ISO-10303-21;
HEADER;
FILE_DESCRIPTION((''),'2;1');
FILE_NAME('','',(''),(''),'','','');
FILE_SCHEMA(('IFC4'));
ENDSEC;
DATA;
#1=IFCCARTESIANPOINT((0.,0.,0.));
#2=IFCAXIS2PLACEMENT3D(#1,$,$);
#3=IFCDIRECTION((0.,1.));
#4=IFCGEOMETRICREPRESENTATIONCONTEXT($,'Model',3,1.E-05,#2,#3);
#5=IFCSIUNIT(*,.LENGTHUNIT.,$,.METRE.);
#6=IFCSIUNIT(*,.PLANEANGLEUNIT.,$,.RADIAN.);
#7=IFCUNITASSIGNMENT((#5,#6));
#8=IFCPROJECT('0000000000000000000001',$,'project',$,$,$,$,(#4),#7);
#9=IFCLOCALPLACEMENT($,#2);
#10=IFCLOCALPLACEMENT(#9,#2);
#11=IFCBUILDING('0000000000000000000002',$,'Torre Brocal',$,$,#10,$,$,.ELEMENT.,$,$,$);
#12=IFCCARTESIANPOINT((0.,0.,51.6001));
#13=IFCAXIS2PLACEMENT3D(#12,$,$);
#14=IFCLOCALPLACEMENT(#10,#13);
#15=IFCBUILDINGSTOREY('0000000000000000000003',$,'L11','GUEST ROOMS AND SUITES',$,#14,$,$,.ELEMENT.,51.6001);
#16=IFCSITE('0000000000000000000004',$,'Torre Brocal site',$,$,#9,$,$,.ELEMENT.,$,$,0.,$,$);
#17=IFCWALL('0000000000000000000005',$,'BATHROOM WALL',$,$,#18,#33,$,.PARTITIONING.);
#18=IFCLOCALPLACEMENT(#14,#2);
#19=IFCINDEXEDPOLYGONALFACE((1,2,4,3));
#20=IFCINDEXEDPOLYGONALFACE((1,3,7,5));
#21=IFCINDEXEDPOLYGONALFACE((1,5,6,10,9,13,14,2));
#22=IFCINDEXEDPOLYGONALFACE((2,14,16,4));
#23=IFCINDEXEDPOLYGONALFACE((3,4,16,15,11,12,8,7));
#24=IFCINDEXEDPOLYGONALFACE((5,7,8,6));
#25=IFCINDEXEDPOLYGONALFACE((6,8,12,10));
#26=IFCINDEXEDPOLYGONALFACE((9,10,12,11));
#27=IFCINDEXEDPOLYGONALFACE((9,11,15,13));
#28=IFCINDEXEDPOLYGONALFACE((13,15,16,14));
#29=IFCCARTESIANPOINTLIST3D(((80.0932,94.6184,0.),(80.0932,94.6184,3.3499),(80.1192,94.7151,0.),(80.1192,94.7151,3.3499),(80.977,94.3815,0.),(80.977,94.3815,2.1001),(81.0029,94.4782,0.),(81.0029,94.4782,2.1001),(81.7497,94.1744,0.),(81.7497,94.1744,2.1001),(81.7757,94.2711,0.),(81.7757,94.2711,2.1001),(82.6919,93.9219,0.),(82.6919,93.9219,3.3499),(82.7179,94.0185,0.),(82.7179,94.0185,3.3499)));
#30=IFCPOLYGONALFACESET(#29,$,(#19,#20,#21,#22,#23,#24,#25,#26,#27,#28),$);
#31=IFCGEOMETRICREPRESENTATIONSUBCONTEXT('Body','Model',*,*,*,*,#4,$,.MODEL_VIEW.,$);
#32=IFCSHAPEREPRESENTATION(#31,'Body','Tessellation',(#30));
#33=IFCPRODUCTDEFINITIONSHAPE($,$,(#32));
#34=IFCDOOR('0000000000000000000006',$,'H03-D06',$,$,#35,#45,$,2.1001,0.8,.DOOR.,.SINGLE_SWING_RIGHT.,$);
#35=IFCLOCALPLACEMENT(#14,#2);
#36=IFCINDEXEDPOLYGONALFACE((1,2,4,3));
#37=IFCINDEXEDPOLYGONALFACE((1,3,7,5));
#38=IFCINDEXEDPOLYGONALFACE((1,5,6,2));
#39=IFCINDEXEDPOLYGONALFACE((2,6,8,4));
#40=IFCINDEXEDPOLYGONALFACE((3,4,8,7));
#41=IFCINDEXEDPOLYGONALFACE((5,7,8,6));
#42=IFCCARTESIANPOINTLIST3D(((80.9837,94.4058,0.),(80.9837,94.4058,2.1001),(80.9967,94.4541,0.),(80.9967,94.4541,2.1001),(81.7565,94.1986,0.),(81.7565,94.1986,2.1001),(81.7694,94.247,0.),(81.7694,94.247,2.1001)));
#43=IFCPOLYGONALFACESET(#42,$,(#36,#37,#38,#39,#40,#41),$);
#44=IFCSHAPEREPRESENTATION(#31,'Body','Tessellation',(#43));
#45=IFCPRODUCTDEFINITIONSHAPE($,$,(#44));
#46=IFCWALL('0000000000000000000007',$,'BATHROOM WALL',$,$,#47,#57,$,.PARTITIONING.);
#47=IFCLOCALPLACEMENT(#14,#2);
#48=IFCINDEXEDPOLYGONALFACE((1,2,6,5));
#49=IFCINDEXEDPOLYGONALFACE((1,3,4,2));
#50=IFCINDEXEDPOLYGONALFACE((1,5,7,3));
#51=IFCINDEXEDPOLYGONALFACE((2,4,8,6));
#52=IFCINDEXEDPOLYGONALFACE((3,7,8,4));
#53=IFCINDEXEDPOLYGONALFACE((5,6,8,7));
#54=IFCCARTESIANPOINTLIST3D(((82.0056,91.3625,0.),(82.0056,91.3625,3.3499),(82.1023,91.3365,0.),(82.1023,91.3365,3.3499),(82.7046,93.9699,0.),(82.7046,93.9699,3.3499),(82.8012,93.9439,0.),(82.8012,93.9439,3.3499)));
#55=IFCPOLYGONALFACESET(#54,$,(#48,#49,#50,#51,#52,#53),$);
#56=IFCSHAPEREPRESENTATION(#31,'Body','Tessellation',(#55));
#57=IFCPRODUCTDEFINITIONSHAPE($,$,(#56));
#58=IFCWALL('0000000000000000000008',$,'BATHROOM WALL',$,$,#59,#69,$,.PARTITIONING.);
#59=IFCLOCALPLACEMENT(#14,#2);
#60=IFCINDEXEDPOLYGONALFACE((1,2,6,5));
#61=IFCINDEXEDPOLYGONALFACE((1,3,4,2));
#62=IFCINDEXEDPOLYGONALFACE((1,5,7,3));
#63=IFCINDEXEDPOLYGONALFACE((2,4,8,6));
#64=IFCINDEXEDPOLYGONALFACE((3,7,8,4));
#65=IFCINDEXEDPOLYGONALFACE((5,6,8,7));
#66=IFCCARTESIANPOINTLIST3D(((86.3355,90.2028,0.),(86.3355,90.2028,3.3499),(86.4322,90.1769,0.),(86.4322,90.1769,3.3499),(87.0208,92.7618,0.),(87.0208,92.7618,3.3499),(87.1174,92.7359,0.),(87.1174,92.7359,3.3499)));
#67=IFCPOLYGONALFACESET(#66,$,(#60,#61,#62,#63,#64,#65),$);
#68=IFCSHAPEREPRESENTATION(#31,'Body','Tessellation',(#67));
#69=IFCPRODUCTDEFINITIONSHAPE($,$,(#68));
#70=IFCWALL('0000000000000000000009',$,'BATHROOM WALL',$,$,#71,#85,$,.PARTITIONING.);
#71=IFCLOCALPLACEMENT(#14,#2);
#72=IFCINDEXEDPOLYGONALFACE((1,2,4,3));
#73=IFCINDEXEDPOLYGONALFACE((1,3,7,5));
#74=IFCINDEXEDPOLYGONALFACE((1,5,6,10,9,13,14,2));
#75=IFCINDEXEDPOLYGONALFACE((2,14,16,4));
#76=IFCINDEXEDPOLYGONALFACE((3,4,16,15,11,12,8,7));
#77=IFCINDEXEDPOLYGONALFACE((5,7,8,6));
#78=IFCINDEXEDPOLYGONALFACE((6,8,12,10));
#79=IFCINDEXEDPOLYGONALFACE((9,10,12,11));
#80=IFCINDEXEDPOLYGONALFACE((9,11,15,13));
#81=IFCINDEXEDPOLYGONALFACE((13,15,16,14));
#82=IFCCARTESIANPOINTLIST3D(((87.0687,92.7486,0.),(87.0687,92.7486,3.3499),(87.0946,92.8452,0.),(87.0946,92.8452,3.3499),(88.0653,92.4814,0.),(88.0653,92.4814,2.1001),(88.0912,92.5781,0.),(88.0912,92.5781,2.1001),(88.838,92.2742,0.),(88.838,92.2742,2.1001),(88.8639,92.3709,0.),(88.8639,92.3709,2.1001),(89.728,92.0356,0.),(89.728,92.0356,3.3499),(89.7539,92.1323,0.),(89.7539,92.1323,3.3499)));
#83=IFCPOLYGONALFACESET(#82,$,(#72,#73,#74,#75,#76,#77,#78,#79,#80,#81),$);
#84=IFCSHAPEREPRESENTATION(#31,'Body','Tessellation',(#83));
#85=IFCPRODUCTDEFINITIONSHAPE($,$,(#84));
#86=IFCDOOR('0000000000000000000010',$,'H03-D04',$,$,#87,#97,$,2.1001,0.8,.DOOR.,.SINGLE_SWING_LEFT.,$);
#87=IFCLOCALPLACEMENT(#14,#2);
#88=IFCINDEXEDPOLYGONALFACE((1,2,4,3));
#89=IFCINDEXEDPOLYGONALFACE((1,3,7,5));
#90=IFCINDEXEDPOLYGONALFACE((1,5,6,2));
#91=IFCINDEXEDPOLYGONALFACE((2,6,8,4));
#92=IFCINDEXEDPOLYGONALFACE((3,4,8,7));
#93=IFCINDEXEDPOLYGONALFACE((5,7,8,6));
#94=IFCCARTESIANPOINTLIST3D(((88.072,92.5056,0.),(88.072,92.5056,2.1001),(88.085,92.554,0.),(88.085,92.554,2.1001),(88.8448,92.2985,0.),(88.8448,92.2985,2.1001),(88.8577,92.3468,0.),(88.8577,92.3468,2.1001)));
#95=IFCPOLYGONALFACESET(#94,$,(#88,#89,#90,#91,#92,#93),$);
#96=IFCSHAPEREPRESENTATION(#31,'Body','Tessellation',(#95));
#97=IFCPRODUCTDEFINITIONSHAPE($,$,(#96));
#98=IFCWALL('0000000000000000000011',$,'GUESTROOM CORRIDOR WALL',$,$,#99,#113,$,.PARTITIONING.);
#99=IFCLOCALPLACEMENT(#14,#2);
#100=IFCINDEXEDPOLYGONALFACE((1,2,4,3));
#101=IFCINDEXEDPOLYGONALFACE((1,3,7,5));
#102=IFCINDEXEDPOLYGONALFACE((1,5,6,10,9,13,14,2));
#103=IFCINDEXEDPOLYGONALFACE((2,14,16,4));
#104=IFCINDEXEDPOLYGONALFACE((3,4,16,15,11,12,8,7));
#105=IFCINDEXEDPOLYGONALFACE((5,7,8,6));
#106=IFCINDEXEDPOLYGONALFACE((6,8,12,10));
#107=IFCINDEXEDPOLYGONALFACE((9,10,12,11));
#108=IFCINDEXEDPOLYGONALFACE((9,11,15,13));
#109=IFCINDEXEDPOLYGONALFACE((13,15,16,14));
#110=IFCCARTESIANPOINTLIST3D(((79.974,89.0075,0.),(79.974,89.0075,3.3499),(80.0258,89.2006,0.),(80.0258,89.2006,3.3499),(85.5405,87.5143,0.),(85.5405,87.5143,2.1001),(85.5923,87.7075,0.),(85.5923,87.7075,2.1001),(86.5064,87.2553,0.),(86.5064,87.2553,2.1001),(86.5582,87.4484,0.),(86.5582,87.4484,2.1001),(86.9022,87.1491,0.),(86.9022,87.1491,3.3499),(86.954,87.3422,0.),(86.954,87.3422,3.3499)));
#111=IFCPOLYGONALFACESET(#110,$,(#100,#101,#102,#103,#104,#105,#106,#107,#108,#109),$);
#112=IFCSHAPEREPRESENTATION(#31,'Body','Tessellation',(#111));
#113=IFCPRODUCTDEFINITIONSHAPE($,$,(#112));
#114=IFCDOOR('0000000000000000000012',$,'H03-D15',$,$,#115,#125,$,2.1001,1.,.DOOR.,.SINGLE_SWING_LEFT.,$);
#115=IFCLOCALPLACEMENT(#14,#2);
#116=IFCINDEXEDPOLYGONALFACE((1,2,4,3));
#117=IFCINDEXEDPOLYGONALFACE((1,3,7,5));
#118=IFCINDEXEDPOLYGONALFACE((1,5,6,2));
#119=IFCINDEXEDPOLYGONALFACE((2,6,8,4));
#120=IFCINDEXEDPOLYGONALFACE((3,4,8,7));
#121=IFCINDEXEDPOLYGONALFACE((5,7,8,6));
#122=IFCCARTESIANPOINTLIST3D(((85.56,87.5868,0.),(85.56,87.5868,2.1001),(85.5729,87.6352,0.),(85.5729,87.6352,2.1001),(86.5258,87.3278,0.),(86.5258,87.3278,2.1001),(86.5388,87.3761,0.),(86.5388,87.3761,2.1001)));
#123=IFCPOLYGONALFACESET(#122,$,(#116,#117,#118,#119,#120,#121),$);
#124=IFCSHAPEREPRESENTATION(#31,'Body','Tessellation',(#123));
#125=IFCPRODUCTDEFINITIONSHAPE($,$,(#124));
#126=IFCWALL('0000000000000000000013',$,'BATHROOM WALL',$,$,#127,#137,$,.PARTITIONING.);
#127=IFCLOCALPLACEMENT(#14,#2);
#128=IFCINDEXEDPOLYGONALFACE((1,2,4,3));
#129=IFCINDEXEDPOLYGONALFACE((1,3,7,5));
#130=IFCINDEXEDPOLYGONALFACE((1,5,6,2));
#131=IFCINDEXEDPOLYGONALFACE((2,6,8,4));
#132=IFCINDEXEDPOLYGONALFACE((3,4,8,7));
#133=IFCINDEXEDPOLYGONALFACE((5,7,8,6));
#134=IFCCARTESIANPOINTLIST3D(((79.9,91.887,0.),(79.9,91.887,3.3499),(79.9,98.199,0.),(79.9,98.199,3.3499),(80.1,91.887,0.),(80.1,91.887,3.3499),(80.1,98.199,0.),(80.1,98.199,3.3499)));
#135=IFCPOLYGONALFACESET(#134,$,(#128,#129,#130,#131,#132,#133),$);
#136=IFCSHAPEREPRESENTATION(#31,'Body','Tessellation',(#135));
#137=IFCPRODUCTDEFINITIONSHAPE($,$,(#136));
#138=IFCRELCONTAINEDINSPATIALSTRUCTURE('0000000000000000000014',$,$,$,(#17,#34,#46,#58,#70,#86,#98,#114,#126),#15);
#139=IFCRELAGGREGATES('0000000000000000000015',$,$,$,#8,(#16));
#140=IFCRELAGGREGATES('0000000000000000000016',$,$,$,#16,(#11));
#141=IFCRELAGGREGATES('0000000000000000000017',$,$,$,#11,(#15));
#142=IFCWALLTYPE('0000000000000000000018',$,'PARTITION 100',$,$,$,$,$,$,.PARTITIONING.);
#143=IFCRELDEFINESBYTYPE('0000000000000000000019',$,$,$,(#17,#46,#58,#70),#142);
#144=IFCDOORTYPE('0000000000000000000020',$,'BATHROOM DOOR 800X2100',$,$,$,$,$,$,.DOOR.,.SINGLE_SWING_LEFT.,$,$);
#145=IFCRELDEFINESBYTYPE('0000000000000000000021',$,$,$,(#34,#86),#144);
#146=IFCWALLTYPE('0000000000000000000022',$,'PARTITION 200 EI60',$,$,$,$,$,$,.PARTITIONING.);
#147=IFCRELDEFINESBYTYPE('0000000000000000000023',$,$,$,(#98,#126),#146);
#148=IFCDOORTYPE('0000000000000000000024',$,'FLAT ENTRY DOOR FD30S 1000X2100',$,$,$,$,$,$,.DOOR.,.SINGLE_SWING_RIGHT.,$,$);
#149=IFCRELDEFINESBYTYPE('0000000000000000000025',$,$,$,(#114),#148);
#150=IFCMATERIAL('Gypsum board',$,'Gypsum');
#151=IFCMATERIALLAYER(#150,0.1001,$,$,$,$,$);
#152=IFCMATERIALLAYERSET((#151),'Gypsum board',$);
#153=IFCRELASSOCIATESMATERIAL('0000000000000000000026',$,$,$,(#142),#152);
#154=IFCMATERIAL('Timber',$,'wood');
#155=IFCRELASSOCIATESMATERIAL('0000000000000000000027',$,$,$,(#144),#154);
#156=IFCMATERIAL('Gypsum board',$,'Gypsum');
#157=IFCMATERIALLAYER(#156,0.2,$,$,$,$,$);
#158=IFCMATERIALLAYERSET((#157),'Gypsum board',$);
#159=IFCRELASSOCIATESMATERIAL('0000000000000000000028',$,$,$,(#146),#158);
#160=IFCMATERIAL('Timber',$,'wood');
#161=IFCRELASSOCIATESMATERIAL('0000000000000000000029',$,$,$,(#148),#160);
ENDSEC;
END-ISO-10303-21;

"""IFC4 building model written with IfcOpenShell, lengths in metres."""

from ifc_helpers import new_model, si_unit, direction, frame, frame_2d, origin, place, context, subcontext, project, spatial, rectangle, extrude, material, layer, layer_set, type_object, element, fill, save


model = new_model("IFC4")

# Units and contexts
model_context = context("Model", 3, precision=1e-05, world=origin(), true_north=direction((0.0, 1.0)))
body_context = subcontext(model_context, "Body", "Model", "MODEL_VIEW")
ifc_project = project(units=[si_unit("LENGTHUNIT", "METRE"), si_unit("PLANEANGLEUNIT", "RADIAN")], contexts=[model_context])

# Site, building, storey
site_placement = place(None, origin())
site = spatial("IfcSite", under=ifc_project, at=site_placement, Name="Torre Brocal site", CompositionType="ELEMENT", RefElevation=0.0)
building_placement = place(site_placement, origin())
building = spatial("IfcBuilding", under=site, at=building_placement, Name="Torre Brocal", CompositionType="ELEMENT")
storey_placement = place(building_placement, frame((0.0, 0.0, 51.6001)))
storey = spatial("IfcBuildingStorey", under=building, at=storey_placement, Name="L11", Description="GUEST ROOMS AND SUITES", CompositionType="ELEMENT", Elevation=51.6001)

# Wall, opening, door
ifc_material_1 = material(Name="Gypsum board", Category="Gypsum")
ifc_layer_1 = layer(ifc_material_1, 0.1001)
ifc_layer_set_1 = layer_set([ifc_layer_1], Name="Gypsum board")
wall_type_1 = type_object("IfcWallType", Name="PARTITION 100", PredefinedType="PARTITIONING", material=ifc_layer_set_1)
wall_1_placement = place(storey_placement, frame((80.1062, 94.6667, 0.0), z_axis=(0.0, 0.0, 1.0), x_axis=(0.965904, -0.258899, 0.0)))
wall_1 = element("IfcWall", 1, at=wall_1_placement, inside=storey, type_object=wall_type_1, Name="BATHROOM WALL", PredefinedType="PARTITIONING", context=body_context, shape_type="SweptSolid", body=[
    extrude(rectangle(XDim=2.6904, YDim=0.1001, at=frame_2d((1.3452, 0.0))), origin(), (0.0, 0.0, 1.0), 3.3499),
])
opening_1_placement = place(wall_1_placement, frame((0.915, 0.0, 0.0)))
opening_1 = element("IfcOpeningElement", 2, at=opening_1_placement, cuts=wall_1, PredefinedType="OPENING", context=body_context, shape_type="SweptSolid", body=[
    extrude(rectangle(XDim=0.8, YDim=2.1001, at=frame_2d((0.3999, 1.05))), frame((0.0, 0.0601, 0.0), z_axis=(0.0, -1.0, 0.0), x_axis=(1.0, 0.0, 0.0)), (0.0, 0.0, 1.0), 0.1201),
])
ifc_material_2 = material(Name="Timber", Category="wood")
door_type_1 = type_object("IfcDoorType", Name="BATHROOM DOOR 800X2100", OperationType="SINGLE_SWING_LEFT", PredefinedType="DOOR", material=ifc_material_2)
door_1_placement = place(opening_1_placement, frame((0.8, 0.0, 0.0), z_axis=(0.0, 0.0, 1.0), x_axis=(-1.0, 0.0, 0.0)))
door_1 = element("IfcDoor", 3, at=door_1_placement, inside=storey, type_object=door_type_1, Name="H03-D06", OperationType="SINGLE_SWING_RIGHT", OverallHeight=2.1001, OverallWidth=0.8, PredefinedType="DOOR", context=body_context, shape_type="SweptSolid", body=[
    extrude(rectangle(XDim=0.8, YDim=2.1001, at=frame_2d((0.3999, 1.05))), frame((0.0, 0.0249, 0.0), z_axis=(0.0, -1.0, 0.0), x_axis=(1.0, 0.0, 0.0)), (0.0, 0.0, 1.0), 0.05),
])
fill(opening_1, door_1)

# Walls
wall_2_placement = place(storey_placement, frame((82.054, 91.3496, 0.0), z_axis=(0.0, 0.0, 1.0), x_axis=(0.258929, 0.965896, 0.0)))
element("IfcWall", 4, at=wall_2_placement, inside=storey, type_object=wall_type_1, Name="BATHROOM WALL", PredefinedType="PARTITIONING", context=body_context, shape_type="SweptSolid", body=[
    extrude(rectangle(XDim=2.6995, YDim=0.1001, at=frame_2d((1.3496, 0.0))), origin(), (0.0, 0.0, 1.0), 3.3499),
])
wall_3_placement = place(storey_placement, frame((86.3838, 90.1897, 0.0), z_axis=(0.0, 0.0, 1.0), x_axis=(0.258678, 0.965964, 0.0)))
element("IfcWall", 5, at=wall_3_placement, inside=storey, type_object=wall_type_1, Name="BATHROOM WALL", PredefinedType="PARTITIONING", context=body_context, shape_type="SweptSolid", body=[
    extrude(rectangle(XDim=2.6492, YDim=0.1001, at=frame_2d((1.3247, 0.0))), origin(), (0.0, 0.0, 1.0), 3.3499),
])

# Walls, openings, doors
wall_4_placement = place(storey_placement, frame((87.0818, 92.7969, 0.0), z_axis=(0.0, 0.0, 1.0), x_axis=(0.965893, -0.258943, 0.0)))
wall_4 = element("IfcWall", 6, at=wall_4_placement, inside=storey, type_object=wall_type_1, Name="BATHROOM WALL", PredefinedType="PARTITIONING", context=body_context, shape_type="SweptSolid", body=[
    extrude(rectangle(XDim=2.7532, YDim=0.1001, at=frame_2d((1.3765, 0.0))), origin(), (0.0, 0.0, 1.0), 3.3499),
])
opening_2_placement = place(wall_4_placement, frame((1.0317, 0.0, 0.0)))
opening_2 = element("IfcOpeningElement", 7, at=opening_2_placement, cuts=wall_4, PredefinedType="OPENING", context=body_context, shape_type="SweptSolid", body=[
    extrude(rectangle(XDim=0.8, YDim=2.1001, at=frame_2d((0.3999, 1.05))), frame((0.0, 0.0601, 0.0), z_axis=(0.0, -1.0, 0.0), x_axis=(1.0, 0.0, 0.0)), (0.0, 0.0, 1.0), 0.1201),
])
door_2_placement = place(opening_2_placement, frame((0.8, 0.0, 0.0), z_axis=(0.0, 0.0, 1.0), x_axis=(-1.0, 0.0, 0.0)))
door_2 = element("IfcDoor", 8, at=door_2_placement, inside=storey, type_object=door_type_1, Name="H03-D04", OperationType="SINGLE_SWING_LEFT", OverallHeight=2.1001, OverallWidth=0.8, PredefinedType="DOOR", context=body_context, shape_type="SweptSolid", body=[
    extrude(rectangle(XDim=0.8, YDim=2.1001, at=frame_2d((0.3999, 1.05))), frame((0.0, 0.0249, 0.0), z_axis=(0.0, -1.0, 0.0), x_axis=(1.0, 0.0, 0.0)), (0.0, 0.0, 1.0), 0.05),
])
fill(opening_2, door_2)
ifc_material_3 = material(Name="Gypsum board", Category="Gypsum")
ifc_layer_2 = layer(ifc_material_3, 0.2)
ifc_layer_set_2 = layer_set([ifc_layer_2], Name="Gypsum board")
wall_type_2 = type_object("IfcWallType", Name="PARTITION 200 EI60", PredefinedType="PARTITIONING", material=ifc_layer_set_2)
wall_5_placement = place(storey_placement, frame((80.0, 89.104, 0.0), z_axis=(0.0, 0.0, 1.0), x_axis=(0.965857, -0.259077, 0.0)))
wall_5 = element("IfcWall", 9, at=wall_5_placement, inside=storey, type_object=wall_type_2, Name="GUESTROOM CORRIDOR WALL", PredefinedType="PARTITIONING", context=body_context, shape_type="SweptSolid", body=[
    extrude(rectangle(XDim=7.1731, YDim=0.2, at=frame_2d((3.5864, 0.0))), origin(), (0.0, 0.0, 1.0), 3.3499),
])
opening_3_placement = place(wall_5_placement, frame((5.7632, 0.0, 0.0)))
opening_3 = element("IfcOpeningElement", 10, at=opening_3_placement, cuts=wall_5, PredefinedType="OPENING", context=body_context, shape_type="SweptSolid", body=[
    extrude(rectangle(XDim=1.0, YDim=2.1001, at=frame_2d((0.5, 1.05))), frame((0.0, 0.1099, 0.0), z_axis=(0.0, -1.0, 0.0), x_axis=(1.0, 0.0, 0.0)), (0.0, 0.0, 1.0), 0.22),
])
ifc_material_4 = material(Name="Timber", Category="wood")
door_type_2 = type_object("IfcDoorType", Name="FLAT ENTRY DOOR FD30S 1000X2100", OperationType="SINGLE_SWING_RIGHT", PredefinedType="DOOR", material=ifc_material_4)
door_3_placement = place(opening_3_placement, frame((1.0, 0.0, 0.0), z_axis=(0.0, 0.0, 1.0), x_axis=(-1.0, 0.0, 0.0)))
door_3 = element("IfcDoor", 11, at=door_3_placement, inside=storey, type_object=door_type_2, Name="H03-D15", OperationType="SINGLE_SWING_LEFT", OverallHeight=2.1001, OverallWidth=1.0, PredefinedType="DOOR", context=body_context, shape_type="SweptSolid", body=[
    extrude(rectangle(XDim=1.0, YDim=2.1001, at=frame_2d((0.5, 1.05))), frame((0.0, 0.0249, 0.0), z_axis=(0.0, -1.0, 0.0), x_axis=(1.0, 0.0, 0.0)), (0.0, 0.0, 1.0), 0.05),
])
fill(opening_3, door_3)

# Wall
wall_6_placement = place(storey_placement, frame((80.0, 91.887, 0.0), z_axis=(0.0, 0.0, 1.0), x_axis=(0.0, 1.0, 0.0)))
element("IfcWall", 12, at=wall_6_placement, inside=storey, type_object=wall_type_2, Name="BATHROOM WALL", PredefinedType="PARTITIONING", context=body_context, shape_type="SweptSolid", body=[
    extrude(rectangle(XDim=6.312, YDim=0.2, at=frame_2d((3.156, 0.0))), origin(), (0.0, 0.0, 1.0), 3.3499),
])

save(model, "model.ifc")
